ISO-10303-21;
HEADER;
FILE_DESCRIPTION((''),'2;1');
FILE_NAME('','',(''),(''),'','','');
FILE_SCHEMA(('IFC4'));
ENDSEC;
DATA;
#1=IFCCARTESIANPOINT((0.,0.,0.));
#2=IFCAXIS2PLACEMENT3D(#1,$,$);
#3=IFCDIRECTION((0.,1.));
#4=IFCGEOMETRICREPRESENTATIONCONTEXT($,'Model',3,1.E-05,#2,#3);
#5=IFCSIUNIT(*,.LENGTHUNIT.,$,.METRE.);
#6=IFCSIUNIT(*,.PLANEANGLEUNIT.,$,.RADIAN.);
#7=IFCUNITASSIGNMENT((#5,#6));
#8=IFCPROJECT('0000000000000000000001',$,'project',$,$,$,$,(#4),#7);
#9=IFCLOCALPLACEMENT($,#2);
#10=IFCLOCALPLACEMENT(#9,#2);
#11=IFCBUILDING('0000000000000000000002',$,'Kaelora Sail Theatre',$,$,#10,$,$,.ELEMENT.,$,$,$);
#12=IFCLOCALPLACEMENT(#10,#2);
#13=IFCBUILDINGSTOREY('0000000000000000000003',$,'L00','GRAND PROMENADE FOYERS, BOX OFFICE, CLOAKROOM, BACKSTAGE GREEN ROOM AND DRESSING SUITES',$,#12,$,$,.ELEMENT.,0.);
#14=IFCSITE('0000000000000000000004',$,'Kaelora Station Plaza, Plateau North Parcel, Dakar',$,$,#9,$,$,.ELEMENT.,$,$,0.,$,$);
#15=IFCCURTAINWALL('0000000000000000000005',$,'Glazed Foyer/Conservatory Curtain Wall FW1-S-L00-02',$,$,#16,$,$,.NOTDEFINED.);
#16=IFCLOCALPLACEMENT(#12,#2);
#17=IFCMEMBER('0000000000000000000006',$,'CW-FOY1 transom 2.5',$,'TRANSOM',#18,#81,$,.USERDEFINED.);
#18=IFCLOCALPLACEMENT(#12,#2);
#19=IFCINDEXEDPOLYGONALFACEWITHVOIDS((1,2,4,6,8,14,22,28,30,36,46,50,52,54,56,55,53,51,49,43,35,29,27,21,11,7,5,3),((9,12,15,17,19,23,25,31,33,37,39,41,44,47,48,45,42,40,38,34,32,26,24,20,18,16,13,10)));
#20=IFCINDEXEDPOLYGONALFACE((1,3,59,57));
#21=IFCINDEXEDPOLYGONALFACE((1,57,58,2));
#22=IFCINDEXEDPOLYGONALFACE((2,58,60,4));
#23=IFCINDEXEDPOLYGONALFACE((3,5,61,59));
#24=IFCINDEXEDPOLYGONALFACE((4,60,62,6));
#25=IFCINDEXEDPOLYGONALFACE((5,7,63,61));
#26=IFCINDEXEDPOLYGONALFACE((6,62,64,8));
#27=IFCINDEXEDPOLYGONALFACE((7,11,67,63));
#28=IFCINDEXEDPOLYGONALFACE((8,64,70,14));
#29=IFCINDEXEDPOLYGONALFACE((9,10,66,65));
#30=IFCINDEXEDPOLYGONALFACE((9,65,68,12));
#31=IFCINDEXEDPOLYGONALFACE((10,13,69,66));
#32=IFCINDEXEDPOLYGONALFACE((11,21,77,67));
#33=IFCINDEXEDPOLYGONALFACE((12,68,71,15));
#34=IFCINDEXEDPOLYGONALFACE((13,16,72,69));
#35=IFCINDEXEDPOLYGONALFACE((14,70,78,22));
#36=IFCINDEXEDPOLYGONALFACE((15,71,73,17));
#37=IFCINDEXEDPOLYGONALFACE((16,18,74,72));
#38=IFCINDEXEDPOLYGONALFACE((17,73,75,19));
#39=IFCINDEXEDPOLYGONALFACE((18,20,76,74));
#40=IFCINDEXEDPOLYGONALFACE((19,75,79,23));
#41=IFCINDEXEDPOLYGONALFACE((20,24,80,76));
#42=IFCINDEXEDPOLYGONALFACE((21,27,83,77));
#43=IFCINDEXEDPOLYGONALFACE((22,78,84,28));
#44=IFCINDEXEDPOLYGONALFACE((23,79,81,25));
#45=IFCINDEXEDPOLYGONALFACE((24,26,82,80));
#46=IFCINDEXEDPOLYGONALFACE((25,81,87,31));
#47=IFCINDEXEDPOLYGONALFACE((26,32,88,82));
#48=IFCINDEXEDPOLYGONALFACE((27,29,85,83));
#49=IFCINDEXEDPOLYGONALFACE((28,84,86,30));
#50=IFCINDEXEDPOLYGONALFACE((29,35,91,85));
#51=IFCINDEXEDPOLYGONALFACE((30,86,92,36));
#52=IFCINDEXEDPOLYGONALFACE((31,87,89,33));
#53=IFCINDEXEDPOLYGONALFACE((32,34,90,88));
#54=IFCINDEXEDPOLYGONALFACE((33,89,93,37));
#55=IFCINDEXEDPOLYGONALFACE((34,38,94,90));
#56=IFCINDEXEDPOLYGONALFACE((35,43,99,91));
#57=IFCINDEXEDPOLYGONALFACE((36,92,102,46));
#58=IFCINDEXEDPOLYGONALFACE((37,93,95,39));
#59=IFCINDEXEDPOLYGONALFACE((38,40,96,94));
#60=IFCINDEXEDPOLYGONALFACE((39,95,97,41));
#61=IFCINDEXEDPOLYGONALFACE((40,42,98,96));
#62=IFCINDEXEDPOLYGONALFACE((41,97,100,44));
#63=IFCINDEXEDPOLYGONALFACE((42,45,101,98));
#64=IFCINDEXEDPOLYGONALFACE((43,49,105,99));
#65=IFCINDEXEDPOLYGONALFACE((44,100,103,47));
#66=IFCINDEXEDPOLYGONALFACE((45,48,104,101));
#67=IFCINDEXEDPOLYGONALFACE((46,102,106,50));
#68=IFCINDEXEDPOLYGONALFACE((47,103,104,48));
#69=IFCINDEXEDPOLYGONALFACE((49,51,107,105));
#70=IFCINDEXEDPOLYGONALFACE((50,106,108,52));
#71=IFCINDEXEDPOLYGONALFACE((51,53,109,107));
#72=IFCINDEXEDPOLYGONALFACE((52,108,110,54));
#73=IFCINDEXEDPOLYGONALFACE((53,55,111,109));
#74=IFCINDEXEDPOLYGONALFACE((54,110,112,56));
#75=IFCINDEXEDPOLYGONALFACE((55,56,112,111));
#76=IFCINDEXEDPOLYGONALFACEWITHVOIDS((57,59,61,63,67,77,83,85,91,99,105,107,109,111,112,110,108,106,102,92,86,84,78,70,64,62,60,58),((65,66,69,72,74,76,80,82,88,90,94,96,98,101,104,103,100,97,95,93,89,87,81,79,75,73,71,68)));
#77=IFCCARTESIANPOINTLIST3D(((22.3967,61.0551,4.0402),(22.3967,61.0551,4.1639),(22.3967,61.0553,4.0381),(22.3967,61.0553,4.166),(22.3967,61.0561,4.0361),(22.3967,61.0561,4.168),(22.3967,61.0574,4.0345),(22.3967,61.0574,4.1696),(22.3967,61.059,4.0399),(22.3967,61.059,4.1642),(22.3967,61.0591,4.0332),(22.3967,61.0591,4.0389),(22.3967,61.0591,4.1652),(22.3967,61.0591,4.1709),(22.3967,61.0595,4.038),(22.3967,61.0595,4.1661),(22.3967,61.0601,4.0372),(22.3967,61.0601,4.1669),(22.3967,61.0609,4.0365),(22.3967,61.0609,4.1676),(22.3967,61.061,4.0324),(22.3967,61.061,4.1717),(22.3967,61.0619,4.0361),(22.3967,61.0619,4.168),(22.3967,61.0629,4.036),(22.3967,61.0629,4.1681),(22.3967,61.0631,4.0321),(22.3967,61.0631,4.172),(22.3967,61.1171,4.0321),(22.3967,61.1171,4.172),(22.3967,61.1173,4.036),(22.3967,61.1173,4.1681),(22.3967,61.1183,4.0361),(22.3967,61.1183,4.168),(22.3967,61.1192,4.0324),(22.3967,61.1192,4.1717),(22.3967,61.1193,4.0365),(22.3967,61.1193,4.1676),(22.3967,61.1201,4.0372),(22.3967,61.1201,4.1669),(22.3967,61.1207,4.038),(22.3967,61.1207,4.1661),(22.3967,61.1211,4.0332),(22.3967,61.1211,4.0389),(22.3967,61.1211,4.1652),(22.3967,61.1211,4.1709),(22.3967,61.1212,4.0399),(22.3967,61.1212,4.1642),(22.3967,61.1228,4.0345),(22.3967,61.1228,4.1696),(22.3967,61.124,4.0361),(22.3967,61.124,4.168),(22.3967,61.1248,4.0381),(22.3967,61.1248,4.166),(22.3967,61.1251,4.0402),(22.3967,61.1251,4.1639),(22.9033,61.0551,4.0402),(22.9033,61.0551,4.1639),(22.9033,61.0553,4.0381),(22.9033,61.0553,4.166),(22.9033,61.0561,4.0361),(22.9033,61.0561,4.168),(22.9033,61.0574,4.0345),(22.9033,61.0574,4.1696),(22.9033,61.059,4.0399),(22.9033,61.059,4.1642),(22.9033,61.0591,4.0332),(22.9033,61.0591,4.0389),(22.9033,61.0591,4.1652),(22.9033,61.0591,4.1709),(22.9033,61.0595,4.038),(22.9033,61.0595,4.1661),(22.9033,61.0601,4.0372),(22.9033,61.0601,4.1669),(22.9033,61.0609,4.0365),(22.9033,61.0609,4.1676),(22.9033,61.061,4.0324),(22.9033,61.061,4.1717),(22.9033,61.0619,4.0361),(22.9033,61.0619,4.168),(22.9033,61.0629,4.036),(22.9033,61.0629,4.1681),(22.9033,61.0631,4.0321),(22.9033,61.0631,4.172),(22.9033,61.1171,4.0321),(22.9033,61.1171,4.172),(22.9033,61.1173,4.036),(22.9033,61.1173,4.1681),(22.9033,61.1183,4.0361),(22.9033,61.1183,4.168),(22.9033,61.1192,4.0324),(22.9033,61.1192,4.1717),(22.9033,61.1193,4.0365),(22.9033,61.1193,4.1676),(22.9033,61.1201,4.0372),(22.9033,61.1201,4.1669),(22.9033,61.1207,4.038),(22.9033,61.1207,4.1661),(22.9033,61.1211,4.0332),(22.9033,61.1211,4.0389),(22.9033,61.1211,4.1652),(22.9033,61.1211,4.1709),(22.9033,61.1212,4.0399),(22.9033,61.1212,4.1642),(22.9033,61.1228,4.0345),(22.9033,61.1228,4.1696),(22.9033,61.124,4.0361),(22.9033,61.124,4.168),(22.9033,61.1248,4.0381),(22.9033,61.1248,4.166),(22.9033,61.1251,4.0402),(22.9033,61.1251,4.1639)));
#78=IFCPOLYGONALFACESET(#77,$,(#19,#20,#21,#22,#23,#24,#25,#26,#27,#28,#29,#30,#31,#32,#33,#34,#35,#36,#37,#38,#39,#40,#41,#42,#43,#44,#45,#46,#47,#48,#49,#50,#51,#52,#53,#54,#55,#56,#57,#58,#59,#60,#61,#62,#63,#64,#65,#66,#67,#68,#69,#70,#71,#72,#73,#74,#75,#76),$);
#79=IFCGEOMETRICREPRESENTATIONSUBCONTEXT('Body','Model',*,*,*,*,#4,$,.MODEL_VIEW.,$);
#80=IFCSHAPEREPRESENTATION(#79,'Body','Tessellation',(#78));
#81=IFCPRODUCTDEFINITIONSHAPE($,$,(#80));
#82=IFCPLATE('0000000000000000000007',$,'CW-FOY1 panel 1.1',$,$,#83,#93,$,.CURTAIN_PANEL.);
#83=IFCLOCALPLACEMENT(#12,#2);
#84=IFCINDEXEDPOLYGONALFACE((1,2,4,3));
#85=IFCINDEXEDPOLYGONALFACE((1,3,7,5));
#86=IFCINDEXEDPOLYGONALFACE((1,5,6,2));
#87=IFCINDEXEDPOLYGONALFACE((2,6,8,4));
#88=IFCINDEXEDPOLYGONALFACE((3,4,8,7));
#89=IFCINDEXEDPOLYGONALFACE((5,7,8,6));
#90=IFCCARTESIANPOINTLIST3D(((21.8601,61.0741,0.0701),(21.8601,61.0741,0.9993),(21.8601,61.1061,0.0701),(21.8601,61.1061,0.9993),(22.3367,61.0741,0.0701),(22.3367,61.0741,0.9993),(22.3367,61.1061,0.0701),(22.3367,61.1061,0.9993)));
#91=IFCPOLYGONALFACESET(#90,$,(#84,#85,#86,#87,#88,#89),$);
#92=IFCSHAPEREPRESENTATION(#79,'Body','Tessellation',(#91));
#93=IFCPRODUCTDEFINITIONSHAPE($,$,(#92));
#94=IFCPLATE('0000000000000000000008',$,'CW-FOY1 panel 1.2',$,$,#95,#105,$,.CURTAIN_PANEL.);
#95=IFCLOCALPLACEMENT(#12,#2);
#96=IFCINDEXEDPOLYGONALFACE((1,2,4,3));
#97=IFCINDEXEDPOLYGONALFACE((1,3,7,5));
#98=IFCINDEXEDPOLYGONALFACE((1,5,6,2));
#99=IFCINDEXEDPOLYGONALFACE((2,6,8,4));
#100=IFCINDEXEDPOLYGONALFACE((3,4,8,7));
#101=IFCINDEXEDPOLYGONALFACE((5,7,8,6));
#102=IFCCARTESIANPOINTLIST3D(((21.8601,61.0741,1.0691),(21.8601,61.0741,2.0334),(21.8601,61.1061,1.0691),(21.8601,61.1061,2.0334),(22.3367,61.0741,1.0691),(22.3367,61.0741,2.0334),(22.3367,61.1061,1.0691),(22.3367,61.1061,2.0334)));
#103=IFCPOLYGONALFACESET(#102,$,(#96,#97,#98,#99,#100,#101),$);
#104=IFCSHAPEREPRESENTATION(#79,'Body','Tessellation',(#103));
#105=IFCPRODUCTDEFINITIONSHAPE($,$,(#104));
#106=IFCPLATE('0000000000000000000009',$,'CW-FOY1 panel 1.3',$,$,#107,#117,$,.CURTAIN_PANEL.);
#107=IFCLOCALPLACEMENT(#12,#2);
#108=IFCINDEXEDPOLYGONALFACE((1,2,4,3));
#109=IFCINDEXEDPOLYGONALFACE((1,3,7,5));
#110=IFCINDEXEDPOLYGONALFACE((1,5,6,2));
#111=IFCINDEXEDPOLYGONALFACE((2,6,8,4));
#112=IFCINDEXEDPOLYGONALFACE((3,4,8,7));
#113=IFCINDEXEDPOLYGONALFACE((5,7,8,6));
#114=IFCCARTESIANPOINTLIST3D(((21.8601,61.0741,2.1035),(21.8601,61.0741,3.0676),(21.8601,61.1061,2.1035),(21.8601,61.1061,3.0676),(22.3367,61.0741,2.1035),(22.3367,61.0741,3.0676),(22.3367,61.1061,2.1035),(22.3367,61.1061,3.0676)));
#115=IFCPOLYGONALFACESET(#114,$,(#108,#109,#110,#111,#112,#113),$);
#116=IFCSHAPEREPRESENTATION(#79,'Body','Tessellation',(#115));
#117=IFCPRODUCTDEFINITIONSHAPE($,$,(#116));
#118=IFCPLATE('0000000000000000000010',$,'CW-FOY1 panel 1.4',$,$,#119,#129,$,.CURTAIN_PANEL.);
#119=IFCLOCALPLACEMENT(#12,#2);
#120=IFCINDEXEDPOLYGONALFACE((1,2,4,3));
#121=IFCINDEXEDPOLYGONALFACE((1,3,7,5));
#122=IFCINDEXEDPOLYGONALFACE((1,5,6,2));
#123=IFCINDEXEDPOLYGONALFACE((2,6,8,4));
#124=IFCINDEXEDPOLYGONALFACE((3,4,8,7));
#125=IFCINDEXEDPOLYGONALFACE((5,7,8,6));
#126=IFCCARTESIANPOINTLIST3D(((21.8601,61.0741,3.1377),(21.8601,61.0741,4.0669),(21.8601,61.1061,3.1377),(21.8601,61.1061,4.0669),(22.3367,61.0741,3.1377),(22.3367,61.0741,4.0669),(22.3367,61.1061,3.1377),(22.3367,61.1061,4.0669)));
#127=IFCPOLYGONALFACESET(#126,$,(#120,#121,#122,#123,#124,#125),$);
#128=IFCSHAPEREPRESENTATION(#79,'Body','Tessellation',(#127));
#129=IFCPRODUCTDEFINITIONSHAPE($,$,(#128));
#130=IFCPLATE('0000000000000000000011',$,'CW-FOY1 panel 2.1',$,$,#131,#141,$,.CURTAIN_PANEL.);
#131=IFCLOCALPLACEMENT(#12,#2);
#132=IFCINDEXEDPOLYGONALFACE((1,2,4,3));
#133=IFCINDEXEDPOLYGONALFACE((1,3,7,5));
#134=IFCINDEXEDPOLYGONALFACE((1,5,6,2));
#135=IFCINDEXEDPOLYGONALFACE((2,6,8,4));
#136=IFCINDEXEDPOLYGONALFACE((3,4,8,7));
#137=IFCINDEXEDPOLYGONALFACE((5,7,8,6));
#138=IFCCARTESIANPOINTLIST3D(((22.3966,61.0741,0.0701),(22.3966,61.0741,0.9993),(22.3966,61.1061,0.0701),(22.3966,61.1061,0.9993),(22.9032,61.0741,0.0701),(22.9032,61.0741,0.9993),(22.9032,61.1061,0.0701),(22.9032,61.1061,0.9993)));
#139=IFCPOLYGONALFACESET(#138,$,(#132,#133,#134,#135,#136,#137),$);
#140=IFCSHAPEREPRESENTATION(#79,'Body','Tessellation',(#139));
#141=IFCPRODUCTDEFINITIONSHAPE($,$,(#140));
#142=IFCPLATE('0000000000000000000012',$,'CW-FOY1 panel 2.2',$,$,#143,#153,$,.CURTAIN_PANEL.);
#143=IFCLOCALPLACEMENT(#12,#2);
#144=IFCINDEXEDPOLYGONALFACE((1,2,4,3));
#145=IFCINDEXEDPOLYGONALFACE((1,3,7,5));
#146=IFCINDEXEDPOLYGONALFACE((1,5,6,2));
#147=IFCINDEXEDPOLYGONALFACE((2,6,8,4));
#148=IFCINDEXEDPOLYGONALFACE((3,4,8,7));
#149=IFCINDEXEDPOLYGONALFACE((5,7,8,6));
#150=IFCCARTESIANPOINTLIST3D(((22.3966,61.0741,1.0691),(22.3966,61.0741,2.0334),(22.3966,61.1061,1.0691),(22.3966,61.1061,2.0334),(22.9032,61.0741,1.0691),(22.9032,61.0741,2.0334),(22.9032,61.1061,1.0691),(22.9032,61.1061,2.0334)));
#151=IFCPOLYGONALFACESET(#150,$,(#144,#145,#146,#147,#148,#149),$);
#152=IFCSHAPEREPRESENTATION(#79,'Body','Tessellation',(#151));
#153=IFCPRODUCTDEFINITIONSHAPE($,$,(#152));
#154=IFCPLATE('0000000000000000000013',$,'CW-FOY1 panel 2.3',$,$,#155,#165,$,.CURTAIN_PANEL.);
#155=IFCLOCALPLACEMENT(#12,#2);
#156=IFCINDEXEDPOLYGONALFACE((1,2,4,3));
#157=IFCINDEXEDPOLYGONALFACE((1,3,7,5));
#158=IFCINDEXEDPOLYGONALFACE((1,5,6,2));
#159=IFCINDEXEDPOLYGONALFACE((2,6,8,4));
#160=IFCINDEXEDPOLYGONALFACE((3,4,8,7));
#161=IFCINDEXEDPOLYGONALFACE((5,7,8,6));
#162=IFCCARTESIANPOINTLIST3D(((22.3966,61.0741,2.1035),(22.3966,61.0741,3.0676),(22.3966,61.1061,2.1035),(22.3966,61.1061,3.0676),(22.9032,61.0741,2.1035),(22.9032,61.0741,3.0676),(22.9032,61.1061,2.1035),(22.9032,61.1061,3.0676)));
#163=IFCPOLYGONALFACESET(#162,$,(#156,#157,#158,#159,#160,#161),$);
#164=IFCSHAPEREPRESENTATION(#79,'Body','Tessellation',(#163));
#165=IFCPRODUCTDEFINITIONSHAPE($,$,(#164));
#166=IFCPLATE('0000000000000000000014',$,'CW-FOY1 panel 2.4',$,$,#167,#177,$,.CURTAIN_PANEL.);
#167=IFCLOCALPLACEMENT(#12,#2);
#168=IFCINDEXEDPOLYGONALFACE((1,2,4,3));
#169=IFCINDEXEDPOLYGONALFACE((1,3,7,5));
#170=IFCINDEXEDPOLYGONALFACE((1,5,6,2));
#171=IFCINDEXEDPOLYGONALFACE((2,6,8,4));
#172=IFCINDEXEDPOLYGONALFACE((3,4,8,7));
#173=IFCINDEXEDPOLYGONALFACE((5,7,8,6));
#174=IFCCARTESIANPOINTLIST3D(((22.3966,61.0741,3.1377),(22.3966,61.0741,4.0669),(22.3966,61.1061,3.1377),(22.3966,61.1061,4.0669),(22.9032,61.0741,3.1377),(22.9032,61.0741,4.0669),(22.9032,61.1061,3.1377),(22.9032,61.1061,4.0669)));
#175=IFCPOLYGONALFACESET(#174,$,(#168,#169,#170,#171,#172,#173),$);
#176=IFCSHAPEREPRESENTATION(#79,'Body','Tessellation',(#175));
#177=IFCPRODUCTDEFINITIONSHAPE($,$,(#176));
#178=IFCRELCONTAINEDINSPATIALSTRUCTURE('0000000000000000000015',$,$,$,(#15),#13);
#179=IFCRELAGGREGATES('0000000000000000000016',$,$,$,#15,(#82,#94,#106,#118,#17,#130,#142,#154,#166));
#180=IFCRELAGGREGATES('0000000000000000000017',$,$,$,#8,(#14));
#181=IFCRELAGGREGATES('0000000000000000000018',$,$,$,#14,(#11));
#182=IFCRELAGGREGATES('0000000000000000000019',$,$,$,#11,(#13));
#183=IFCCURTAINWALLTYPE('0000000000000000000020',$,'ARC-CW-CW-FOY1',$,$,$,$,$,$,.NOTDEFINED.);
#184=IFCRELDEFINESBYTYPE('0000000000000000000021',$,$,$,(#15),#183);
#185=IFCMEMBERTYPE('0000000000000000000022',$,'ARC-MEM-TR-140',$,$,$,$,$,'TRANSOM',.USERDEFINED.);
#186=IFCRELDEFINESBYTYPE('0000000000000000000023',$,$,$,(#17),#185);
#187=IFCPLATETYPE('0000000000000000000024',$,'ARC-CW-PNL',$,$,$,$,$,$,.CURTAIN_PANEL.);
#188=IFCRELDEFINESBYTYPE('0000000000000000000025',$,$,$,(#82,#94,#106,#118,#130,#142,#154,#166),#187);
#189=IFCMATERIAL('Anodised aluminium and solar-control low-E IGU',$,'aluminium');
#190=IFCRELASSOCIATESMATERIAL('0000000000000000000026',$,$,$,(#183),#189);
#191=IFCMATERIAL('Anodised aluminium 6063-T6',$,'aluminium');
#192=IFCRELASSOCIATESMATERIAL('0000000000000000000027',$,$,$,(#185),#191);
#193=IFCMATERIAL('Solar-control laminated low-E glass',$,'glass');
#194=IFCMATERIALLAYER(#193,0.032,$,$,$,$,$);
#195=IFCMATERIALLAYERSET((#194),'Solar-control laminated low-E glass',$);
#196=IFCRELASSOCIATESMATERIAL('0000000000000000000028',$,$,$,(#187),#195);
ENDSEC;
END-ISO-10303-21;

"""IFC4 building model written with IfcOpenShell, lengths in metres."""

from ifc_helpers import new_model, si_unit, direction, frame, origin, origin_2d, place, context, subcontext, project, spatial, rectangle, hollow_rectangle, extrude, material, layer, layer_set, material_profile, profile_set, type_object, element, aggregate, save


model = new_model("IFC4")

# Units and contexts
model_context = context("Model", 3, precision=1e-05, world=origin(), true_north=direction((0.0, 1.0)))
body_context = subcontext(model_context, "Body", "Model", "MODEL_VIEW")
ifc_project = project(units=[si_unit("LENGTHUNIT", "METRE"), si_unit("PLANEANGLEUNIT", "RADIAN")], contexts=[model_context])

# Site, building, storey
site_placement = place(None, origin())
site = spatial("IfcSite", under=ifc_project, at=site_placement, Name="Kaelora Station Plaza, Plateau North Parcel, Dakar", CompositionType="ELEMENT", RefElevation=0.0)
building_placement = place(site_placement, origin())
building = spatial("IfcBuilding", under=site, at=building_placement, Name="Kaelora Sail Theatre", CompositionType="ELEMENT")
storey_placement = place(building_placement, origin())
storey = spatial("IfcBuildingStorey", under=building, at=storey_placement, Name="L00", Description="GRAND PROMENADE FOYERS, BOX OFFICE, CLOAKROOM, BACKSTAGE GREEN ROOM AND DRESSING SUITES", CompositionType="ELEMENT", Elevation=0.0)

# Curtain wall, member, plates
ifc_material_1 = material(Name="Anodised aluminium and solar-control low-E IGU", Category="aluminium")
curtain_wall_type = type_object("IfcCurtainWallType", Name="ARC-CW-CW-FOY1", PredefinedType="NOTDEFINED", material=ifc_material_1)
curtain_wall_placement = place(storey_placement, origin())
curtain_wall = element("IfcCurtainWall", 1, at=curtain_wall_placement, inside=storey, type_object=curtain_wall_type, Name="Glazed Foyer/Conservatory Curtain Wall FW1-S-L00-02", PredefinedType="NOTDEFINED")
ifc_material_2 = material(Name="Anodised aluminium 6063-T6", Category="aluminium")
ifc_material_profile_1 = material_profile(ifc_material_2, hollow_rectangle(XDim=0.0701, YDim=0.1399, WallThickness=0.0039, InnerFilletRadius=0.0039, OuterFilletRadius=0.0081, at=origin_2d()), Name="ALU-TRAN 70x140x4")
ifc_profile_set_1 = profile_set([ifc_material_profile_1], Name="Anodised aluminium 6063-T6")
member_type_1 = type_object("IfcMemberType", Name="ARC-MEM-TR-140", ElementType="TRANSOM", PredefinedType="USERDEFINED", material=ifc_profile_set_1)
member_1_placement = place(storey_placement, frame((22.3967, 61.0901, 4.1021), z_axis=(1.0, 0.0, 0.0), x_axis=(0.0, 1.0, 0.0)))
member_1 = element("IfcMember", 2, at=member_1_placement, type_object=member_type_1, Name="CW-FOY1 transom 2.5", ObjectType="TRANSOM", PredefinedType="USERDEFINED", context=body_context, shape_type="SweptSolid", body=[
    extrude(hollow_rectangle(XDim=0.0701, YDim=0.1399, WallThickness=0.0039, InnerFilletRadius=0.0039, OuterFilletRadius=0.0081, at=origin_2d()), origin(), (0.0, 0.0, 1.0), 0.5066),
])
ifc_material_3 = material(Name="Solar-control laminated low-E glass", Category="glass")
ifc_layer = layer(ifc_material_3, 0.032)
ifc_layer_set = layer_set([ifc_layer], Name="Solar-control laminated low-E glass")
plate_type = type_object("IfcPlateType", Name="ARC-CW-PNL", PredefinedType="CURTAIN_PANEL", material=ifc_layer_set)
plate_1_placement = place(storey_placement, frame((22.0984, 61.0901, 0.0701), z_axis=(0.0, 0.0, 1.0), x_axis=(1.0, 0.0, 0.0)))
plate_1 = element("IfcPlate", 3, at=plate_1_placement, type_object=plate_type, Name="CW-FOY1 panel 1.1", PredefinedType="CURTAIN_PANEL", context=body_context, shape_type="SweptSolid", body=[
    extrude(rectangle(XDim=0.4766, YDim=0.032, at=origin_2d()), origin(), (0.0, 0.0, 1.0), 0.9292),
])
plate_2_placement = place(storey_placement, frame((22.0984, 61.0901, 1.0691), z_axis=(0.0, 0.0, 1.0), x_axis=(1.0, 0.0, 0.0)))
plate_2 = element("IfcPlate", 4, at=plate_2_placement, type_object=plate_type, Name="CW-FOY1 panel 1.2", PredefinedType="CURTAIN_PANEL", context=body_context, shape_type="SweptSolid", body=[
    extrude(rectangle(XDim=0.4766, YDim=0.032, at=origin_2d()), origin(), (0.0, 0.0, 1.0), 0.9644),
])
plate_3_placement = place(storey_placement, frame((22.0984, 61.0901, 2.1035), z_axis=(0.0, 0.0, 1.0), x_axis=(1.0, 0.0, 0.0)))
plate_3 = element("IfcPlate", 5, at=plate_3_placement, type_object=plate_type, Name="CW-FOY1 panel 1.3", PredefinedType="CURTAIN_PANEL", context=body_context, shape_type="SweptSolid", body=[
    extrude(rectangle(XDim=0.4766, YDim=0.032, at=origin_2d()), origin(), (0.0, 0.0, 1.0), 0.9641),
])
plate_4_placement = place(storey_placement, frame((22.0984, 61.0901, 3.1377), z_axis=(0.0, 0.0, 1.0), x_axis=(1.0, 0.0, 0.0)))
plate_4 = element("IfcPlate", 6, at=plate_4_placement, type_object=plate_type, Name="CW-FOY1 panel 1.4", PredefinedType="CURTAIN_PANEL", context=body_context, shape_type="SweptSolid", body=[
    extrude(rectangle(XDim=0.4766, YDim=0.032, at=origin_2d()), origin(), (0.0, 0.0, 1.0), 0.9292),
])
plate_5_placement = place(storey_placement, frame((22.6499, 61.0901, 0.0701), z_axis=(0.0, 0.0, 1.0), x_axis=(1.0, 0.0, 0.0)))
plate_5 = element("IfcPlate", 7, at=plate_5_placement, type_object=plate_type, Name="CW-FOY1 panel 2.1", PredefinedType="CURTAIN_PANEL", context=body_context, shape_type="SweptSolid", body=[
    extrude(rectangle(XDim=0.5066, YDim=0.032, at=origin_2d()), origin(), (0.0, 0.0, 1.0), 0.9292),
])
plate_6_placement = place(storey_placement, frame((22.6499, 61.0901, 1.0691), z_axis=(0.0, 0.0, 1.0), x_axis=(1.0, 0.0, 0.0)))
plate_6 = element("IfcPlate", 8, at=plate_6_placement, type_object=plate_type, Name="CW-FOY1 panel 2.2", PredefinedType="CURTAIN_PANEL", context=body_context, shape_type="SweptSolid", body=[
    extrude(rectangle(XDim=0.5066, YDim=0.032, at=origin_2d()), origin(), (0.0, 0.0, 1.0), 0.9644),
])
plate_7_placement = place(storey_placement, frame((22.6499, 61.0901, 2.1035), z_axis=(0.0, 0.0, 1.0), x_axis=(1.0, 0.0, 0.0)))
plate_7 = element("IfcPlate", 9, at=plate_7_placement, type_object=plate_type, Name="CW-FOY1 panel 2.3", PredefinedType="CURTAIN_PANEL", context=body_context, shape_type="SweptSolid", body=[
    extrude(rectangle(XDim=0.5066, YDim=0.032, at=origin_2d()), origin(), (0.0, 0.0, 1.0), 0.9641),
])
plate_8_placement = place(storey_placement, frame((22.6499, 61.0901, 3.1377), z_axis=(0.0, 0.0, 1.0), x_axis=(1.0, 0.0, 0.0)))
plate_8 = element("IfcPlate", 10, at=plate_8_placement, type_object=plate_type, Name="CW-FOY1 panel 2.4", PredefinedType="CURTAIN_PANEL", context=body_context, shape_type="SweptSolid", body=[
    extrude(rectangle(XDim=0.5066, YDim=0.032, at=origin_2d()), origin(), (0.0, 0.0, 1.0), 0.9292),
])
aggregate(curtain_wall, [plate_1, plate_2, plate_3, plate_4, member_1, plate_5, plate_6, plate_7, plate_8])

save(model, "model.ifc")
